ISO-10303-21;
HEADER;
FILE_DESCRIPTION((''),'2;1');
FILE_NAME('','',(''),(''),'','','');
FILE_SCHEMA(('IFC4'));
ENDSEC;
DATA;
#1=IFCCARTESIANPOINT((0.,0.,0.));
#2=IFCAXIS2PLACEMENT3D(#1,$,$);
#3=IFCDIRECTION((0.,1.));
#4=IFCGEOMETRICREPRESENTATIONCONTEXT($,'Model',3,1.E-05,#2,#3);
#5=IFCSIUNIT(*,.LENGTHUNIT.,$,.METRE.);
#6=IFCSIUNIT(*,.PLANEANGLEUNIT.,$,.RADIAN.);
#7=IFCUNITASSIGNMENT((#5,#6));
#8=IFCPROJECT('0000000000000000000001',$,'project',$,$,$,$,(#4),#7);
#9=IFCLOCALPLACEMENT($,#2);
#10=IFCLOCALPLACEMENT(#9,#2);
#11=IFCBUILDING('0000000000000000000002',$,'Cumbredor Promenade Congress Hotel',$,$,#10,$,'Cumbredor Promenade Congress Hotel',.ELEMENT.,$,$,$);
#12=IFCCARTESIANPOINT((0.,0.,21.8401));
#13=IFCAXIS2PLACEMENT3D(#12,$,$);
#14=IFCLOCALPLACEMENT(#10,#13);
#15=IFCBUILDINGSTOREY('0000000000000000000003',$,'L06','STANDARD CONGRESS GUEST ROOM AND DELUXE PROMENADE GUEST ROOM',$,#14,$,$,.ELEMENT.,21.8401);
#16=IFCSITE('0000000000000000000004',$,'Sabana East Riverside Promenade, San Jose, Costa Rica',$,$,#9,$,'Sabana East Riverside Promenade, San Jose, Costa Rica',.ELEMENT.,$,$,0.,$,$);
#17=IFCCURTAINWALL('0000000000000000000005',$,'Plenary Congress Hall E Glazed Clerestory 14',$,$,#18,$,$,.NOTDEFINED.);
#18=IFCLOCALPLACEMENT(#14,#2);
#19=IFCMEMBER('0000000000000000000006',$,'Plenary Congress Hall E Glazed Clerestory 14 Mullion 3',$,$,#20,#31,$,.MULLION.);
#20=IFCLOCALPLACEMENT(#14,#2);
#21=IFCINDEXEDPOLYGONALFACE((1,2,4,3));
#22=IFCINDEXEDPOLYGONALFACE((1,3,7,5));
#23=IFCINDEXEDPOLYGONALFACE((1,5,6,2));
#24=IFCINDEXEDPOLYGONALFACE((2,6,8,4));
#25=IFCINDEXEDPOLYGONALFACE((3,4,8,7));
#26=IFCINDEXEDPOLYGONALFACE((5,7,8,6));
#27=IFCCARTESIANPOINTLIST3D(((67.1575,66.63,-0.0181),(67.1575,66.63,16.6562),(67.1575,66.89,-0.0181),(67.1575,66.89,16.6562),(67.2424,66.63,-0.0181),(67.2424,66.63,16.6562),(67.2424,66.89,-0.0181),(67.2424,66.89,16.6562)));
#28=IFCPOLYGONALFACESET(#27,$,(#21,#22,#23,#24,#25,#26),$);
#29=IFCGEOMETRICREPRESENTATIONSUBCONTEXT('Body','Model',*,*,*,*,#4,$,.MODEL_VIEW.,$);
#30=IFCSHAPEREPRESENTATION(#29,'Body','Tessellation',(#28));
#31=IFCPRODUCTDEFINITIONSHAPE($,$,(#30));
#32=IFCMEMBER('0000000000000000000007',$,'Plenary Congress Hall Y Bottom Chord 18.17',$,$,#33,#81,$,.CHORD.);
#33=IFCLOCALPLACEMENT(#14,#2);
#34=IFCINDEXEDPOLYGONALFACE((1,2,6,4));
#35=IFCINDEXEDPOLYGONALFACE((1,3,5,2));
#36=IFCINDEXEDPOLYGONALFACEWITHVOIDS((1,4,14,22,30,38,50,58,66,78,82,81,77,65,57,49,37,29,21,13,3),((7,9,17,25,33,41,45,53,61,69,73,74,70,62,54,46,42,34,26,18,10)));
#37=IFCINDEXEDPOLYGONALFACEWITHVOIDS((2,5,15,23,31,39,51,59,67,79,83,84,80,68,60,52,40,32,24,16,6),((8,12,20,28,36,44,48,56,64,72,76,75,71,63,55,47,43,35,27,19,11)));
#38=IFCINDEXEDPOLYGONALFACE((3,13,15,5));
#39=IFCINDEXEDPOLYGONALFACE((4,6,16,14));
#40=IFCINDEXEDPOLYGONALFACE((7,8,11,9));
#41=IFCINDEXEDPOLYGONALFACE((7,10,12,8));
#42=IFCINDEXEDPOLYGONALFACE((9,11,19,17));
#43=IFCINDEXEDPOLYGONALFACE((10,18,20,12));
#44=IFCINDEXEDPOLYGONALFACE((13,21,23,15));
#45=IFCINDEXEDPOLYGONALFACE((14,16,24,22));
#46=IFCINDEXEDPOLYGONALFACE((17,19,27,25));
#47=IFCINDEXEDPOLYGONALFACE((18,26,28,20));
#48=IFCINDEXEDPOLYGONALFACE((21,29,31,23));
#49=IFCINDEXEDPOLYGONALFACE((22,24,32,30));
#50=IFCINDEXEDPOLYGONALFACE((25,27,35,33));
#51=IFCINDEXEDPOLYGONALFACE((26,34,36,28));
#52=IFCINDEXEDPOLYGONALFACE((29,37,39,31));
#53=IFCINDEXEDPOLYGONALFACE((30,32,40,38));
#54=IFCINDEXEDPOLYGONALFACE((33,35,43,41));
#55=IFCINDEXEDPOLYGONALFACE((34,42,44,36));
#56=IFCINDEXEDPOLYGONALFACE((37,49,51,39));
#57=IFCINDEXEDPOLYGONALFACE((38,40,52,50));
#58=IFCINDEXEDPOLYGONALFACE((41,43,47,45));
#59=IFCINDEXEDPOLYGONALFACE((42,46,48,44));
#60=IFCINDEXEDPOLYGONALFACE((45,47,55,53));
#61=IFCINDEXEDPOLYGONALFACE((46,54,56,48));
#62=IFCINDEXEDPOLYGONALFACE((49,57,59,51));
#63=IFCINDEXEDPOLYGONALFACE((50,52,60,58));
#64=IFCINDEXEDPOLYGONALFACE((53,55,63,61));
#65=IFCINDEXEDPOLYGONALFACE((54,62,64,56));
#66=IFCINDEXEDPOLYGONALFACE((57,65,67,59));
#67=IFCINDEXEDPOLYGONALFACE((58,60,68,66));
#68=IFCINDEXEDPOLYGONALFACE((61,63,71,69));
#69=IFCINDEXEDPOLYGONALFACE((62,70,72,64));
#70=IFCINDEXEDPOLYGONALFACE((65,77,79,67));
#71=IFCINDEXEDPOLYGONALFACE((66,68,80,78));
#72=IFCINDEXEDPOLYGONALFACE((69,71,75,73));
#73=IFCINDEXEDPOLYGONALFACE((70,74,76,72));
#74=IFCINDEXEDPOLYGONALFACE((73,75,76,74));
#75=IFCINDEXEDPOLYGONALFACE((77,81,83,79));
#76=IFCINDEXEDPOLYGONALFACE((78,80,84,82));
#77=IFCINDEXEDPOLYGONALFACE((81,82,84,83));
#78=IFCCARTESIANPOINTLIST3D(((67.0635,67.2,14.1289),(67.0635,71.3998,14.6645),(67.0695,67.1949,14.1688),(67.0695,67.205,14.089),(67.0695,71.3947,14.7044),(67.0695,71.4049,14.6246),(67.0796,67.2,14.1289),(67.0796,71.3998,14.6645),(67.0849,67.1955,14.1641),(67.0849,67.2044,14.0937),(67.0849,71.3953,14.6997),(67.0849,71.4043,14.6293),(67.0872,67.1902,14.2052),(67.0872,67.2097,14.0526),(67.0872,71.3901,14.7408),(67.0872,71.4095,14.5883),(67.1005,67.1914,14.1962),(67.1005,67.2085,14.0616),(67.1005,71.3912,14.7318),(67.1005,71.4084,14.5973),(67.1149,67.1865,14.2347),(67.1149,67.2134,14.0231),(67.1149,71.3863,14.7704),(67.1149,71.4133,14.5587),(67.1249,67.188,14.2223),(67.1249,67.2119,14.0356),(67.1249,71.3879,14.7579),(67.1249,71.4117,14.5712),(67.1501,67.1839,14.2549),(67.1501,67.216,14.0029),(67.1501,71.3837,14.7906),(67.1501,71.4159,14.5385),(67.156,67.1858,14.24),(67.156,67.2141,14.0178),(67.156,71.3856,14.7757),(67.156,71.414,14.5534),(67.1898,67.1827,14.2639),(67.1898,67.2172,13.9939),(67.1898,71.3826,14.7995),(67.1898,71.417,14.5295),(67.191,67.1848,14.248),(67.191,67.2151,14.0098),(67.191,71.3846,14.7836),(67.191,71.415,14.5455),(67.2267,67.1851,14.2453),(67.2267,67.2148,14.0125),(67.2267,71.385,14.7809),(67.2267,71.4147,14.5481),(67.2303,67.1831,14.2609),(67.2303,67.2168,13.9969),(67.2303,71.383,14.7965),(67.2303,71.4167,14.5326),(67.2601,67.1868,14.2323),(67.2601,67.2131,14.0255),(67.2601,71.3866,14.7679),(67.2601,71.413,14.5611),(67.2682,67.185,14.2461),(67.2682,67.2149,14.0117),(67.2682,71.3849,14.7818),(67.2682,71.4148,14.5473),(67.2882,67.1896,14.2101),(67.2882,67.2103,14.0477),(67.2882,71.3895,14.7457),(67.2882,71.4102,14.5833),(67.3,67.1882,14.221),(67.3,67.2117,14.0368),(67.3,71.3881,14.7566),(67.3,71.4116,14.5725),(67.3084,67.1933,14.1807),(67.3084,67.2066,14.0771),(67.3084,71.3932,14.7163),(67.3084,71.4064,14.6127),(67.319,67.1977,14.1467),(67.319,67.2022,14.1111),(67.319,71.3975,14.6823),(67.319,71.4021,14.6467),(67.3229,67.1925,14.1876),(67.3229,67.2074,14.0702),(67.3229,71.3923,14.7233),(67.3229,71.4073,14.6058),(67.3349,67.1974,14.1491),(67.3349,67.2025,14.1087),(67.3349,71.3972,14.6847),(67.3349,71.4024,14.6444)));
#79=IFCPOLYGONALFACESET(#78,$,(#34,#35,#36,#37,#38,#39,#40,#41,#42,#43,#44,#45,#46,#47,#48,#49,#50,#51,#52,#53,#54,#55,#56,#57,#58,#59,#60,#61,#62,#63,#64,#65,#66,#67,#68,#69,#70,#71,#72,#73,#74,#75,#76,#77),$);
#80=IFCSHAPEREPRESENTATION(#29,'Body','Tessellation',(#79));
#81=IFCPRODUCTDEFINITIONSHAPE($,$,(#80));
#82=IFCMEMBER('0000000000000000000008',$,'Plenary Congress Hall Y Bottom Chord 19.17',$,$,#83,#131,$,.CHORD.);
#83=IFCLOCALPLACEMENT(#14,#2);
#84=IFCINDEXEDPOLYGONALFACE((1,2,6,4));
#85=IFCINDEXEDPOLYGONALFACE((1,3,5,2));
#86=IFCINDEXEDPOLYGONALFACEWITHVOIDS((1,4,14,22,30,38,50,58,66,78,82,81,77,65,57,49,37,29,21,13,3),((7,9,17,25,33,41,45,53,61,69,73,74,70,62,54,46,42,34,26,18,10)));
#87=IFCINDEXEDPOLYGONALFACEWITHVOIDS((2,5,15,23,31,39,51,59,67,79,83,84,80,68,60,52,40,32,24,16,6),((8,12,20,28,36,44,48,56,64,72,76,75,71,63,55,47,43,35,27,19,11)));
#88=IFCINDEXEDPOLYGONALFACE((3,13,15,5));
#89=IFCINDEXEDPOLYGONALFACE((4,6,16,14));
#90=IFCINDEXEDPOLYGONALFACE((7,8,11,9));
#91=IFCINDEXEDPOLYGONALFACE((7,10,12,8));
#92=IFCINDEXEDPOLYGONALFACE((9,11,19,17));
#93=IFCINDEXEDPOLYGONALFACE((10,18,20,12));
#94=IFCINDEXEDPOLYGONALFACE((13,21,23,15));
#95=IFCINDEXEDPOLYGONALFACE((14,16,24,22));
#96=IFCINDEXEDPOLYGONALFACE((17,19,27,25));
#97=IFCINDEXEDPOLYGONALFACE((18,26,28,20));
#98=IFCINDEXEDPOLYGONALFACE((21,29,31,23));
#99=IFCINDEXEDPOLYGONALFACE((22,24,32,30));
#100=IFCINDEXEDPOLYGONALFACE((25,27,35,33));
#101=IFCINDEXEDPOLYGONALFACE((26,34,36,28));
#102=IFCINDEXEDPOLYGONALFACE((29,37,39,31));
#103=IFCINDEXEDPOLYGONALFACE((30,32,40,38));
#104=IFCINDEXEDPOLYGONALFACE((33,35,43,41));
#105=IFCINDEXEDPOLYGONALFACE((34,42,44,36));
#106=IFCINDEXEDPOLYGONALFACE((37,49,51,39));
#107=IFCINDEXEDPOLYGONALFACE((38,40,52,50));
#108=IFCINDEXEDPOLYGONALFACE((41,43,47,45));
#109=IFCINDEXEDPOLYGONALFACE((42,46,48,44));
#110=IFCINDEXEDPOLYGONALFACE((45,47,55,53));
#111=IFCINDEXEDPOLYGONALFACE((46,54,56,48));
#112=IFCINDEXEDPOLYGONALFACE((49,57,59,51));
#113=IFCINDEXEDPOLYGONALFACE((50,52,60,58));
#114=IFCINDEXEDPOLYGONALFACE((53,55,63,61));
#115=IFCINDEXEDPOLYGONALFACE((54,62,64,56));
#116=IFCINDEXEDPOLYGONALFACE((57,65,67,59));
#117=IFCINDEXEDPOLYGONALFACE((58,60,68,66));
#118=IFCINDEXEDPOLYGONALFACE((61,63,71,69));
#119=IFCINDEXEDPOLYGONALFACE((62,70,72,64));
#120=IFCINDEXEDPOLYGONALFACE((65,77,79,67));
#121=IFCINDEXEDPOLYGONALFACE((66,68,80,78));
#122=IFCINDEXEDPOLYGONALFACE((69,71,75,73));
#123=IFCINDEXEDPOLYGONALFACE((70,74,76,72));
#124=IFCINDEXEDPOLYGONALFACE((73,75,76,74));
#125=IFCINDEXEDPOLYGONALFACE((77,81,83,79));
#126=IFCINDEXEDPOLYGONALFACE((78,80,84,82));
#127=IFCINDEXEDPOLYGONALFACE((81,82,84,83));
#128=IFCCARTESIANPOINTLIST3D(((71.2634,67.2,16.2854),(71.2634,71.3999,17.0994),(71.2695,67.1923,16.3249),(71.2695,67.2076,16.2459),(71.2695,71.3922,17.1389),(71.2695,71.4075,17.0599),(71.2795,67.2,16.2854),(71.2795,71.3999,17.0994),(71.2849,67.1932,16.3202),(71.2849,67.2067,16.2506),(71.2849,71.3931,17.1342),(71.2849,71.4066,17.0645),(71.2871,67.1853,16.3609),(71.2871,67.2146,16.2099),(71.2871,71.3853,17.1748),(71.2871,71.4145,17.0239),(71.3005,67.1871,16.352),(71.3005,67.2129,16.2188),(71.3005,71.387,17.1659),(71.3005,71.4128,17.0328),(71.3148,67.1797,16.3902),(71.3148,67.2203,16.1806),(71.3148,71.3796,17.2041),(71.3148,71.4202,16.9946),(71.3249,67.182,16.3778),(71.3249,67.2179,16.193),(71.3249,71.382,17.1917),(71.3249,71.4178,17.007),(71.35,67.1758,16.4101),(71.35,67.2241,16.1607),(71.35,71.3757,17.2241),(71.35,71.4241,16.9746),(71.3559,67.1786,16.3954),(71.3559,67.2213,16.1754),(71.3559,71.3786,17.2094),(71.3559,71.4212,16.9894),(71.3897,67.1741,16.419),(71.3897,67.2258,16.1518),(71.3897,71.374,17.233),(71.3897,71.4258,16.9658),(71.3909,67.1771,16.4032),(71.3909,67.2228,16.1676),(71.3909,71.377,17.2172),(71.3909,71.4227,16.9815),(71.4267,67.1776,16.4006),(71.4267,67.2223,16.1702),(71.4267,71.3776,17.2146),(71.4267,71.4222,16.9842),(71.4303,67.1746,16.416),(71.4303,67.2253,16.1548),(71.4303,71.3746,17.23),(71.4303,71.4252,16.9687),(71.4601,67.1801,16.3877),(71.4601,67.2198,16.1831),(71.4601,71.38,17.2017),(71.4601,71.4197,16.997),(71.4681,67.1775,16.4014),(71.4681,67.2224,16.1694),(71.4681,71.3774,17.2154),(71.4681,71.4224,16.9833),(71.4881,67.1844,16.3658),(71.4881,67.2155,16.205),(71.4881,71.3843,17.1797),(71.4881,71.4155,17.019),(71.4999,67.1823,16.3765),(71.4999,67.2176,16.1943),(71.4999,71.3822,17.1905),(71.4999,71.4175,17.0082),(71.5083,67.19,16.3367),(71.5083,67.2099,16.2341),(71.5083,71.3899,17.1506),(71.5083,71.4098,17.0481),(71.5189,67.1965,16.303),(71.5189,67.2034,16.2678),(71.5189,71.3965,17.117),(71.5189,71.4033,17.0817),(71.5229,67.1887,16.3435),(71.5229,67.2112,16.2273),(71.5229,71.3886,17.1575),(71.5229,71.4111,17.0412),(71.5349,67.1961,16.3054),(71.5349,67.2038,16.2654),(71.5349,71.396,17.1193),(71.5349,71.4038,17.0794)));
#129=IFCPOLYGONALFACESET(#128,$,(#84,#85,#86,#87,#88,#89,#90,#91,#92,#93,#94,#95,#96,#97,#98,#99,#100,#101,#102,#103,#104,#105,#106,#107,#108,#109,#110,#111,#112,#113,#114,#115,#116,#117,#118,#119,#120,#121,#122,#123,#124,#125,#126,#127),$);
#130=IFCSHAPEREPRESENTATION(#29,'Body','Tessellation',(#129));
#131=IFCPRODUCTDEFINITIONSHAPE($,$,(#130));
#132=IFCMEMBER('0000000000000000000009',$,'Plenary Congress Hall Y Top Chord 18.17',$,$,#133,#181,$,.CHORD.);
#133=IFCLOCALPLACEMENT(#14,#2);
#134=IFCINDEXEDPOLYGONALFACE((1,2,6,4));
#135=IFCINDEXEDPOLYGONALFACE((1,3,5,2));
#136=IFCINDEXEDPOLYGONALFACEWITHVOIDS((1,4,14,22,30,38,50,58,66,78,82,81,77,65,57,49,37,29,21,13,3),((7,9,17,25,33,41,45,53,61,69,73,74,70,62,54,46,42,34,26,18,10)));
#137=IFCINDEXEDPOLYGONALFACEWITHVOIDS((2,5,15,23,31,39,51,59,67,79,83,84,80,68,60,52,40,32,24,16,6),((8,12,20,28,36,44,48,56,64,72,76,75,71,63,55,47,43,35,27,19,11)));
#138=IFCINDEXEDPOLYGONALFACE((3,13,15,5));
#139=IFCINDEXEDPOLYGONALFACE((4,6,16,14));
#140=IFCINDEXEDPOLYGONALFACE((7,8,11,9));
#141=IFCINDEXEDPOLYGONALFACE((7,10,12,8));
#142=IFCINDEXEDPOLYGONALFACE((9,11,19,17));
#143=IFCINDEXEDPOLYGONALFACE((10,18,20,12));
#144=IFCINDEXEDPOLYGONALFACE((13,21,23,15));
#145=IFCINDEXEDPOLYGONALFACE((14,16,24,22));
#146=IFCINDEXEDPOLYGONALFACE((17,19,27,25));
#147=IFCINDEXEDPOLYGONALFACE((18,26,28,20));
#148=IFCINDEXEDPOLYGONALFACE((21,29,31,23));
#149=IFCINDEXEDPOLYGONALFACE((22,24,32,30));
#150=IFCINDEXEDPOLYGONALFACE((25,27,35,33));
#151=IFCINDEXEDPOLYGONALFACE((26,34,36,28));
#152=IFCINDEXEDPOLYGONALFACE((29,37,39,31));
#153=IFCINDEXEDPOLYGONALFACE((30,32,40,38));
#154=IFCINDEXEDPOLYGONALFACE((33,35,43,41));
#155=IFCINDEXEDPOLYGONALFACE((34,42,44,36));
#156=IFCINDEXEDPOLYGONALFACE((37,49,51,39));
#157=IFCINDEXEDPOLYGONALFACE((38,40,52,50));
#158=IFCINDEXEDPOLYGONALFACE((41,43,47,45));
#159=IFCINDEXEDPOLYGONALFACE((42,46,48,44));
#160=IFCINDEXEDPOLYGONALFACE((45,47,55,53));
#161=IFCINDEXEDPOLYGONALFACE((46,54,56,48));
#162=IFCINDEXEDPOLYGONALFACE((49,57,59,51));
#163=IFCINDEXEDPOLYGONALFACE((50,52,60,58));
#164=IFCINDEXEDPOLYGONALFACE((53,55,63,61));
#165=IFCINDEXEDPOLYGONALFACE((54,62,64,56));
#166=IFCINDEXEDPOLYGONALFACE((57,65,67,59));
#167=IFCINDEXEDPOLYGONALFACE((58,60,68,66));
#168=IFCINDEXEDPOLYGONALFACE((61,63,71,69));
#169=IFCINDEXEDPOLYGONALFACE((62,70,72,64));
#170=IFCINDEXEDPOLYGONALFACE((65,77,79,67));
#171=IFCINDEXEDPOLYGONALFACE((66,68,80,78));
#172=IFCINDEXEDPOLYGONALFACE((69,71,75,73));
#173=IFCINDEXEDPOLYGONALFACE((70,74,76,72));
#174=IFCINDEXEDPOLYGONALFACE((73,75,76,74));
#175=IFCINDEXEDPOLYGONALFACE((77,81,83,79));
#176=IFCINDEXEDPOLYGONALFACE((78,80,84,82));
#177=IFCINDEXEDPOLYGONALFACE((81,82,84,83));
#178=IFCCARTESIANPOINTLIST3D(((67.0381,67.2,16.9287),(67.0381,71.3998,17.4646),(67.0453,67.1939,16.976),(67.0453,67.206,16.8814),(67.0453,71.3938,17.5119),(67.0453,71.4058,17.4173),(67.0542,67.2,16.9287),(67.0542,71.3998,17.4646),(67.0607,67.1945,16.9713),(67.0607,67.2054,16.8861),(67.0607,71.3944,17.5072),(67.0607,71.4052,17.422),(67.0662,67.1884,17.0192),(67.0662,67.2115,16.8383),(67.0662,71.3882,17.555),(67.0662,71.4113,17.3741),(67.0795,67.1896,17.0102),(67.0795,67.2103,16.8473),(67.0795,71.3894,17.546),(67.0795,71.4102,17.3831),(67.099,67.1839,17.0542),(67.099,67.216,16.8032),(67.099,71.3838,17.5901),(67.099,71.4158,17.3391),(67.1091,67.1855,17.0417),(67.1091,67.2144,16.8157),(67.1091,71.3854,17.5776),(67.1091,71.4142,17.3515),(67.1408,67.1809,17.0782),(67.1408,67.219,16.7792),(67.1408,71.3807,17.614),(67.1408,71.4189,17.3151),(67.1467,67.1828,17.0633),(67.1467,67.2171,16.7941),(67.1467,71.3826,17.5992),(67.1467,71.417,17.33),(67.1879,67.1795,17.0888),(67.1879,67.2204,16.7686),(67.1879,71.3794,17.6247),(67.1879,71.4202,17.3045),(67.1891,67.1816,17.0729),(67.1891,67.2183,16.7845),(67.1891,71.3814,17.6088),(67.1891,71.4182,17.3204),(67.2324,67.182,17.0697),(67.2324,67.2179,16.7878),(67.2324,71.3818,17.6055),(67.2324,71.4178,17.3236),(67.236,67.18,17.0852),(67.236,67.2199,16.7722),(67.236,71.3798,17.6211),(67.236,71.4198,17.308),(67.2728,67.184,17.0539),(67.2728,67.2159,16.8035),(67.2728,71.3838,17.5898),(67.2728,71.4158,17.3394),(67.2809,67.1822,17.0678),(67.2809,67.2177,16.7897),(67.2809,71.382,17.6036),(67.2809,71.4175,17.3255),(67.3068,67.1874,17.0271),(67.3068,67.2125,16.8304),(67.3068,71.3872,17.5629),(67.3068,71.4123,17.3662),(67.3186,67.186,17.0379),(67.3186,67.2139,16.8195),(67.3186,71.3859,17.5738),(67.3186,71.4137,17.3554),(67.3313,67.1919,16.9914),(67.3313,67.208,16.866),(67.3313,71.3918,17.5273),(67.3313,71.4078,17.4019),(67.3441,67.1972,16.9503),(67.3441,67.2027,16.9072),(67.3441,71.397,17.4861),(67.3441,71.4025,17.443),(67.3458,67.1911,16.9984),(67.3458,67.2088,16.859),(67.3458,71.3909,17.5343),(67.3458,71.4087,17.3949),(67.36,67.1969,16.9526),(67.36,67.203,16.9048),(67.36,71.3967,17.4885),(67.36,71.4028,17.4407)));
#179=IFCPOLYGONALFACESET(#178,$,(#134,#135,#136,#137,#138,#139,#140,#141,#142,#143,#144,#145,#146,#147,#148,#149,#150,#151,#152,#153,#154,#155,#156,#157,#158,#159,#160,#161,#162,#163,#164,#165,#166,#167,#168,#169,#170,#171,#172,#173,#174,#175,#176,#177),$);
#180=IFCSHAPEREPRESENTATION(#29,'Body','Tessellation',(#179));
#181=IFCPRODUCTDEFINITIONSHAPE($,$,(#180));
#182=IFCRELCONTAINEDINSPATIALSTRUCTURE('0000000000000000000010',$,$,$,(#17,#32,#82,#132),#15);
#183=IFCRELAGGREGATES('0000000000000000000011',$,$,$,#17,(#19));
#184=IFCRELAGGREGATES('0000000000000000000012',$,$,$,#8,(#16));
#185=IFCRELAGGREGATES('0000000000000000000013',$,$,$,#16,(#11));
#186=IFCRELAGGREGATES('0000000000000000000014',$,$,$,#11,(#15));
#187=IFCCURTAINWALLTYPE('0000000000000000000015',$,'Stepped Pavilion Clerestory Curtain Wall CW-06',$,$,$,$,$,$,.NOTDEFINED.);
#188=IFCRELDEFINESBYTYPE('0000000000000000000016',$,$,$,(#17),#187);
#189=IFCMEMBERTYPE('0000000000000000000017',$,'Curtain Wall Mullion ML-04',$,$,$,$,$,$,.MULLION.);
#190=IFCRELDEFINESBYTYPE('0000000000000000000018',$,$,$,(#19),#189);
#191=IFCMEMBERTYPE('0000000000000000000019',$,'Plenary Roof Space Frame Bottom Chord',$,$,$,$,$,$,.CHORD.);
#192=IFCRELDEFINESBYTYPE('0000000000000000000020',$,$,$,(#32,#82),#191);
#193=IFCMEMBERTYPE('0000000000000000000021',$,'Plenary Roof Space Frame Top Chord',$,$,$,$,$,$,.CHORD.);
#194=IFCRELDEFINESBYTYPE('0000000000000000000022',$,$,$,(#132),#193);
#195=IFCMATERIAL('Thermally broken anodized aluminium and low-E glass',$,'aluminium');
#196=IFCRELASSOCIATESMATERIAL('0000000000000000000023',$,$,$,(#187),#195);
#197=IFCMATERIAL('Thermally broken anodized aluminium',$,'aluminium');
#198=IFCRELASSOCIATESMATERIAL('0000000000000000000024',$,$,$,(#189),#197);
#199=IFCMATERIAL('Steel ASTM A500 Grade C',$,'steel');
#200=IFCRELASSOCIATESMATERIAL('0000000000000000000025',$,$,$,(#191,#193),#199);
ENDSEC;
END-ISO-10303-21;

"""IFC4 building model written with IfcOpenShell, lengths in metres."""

from ifc_helpers import new_model, si_unit, direction, frame, origin, origin_2d, place, context, subcontext, project, spatial, rectangle, hollow_circle, extrude, material, material_profile, profile_set, type_object, element, aggregate, save


model = new_model("IFC4")

# Units and contexts
model_context = context("Model", 3, precision=1e-05, world=origin(), true_north=direction((0.0, 1.0)))
body_context = subcontext(model_context, "Body", "Model", "MODEL_VIEW")
ifc_project = project(units=[si_unit("LENGTHUNIT", "METRE"), si_unit("PLANEANGLEUNIT", "RADIAN")], contexts=[model_context])

# Site, building, storey
site_placement = place(None, origin())
site = spatial("IfcSite", under=ifc_project, at=site_placement, Name="Sabana East Riverside Promenade, San Jose, Costa Rica", LongName="Sabana East Riverside Promenade, San Jose, Costa Rica", CompositionType="ELEMENT", RefElevation=0.0)
building_placement = place(site_placement, origin())
building = spatial("IfcBuilding", under=site, at=building_placement, Name="Cumbredor Promenade Congress Hotel", LongName="Cumbredor Promenade Congress Hotel", CompositionType="ELEMENT")
storey_placement = place(building_placement, frame((0.0, 0.0, 21.8401)))
storey = spatial("IfcBuildingStorey", under=building, at=storey_placement, Name="L06", Description="STANDARD CONGRESS GUEST ROOM AND DELUXE PROMENADE GUEST ROOM", CompositionType="ELEMENT", Elevation=21.8401)

# Curtain wall, member
ifc_material_1 = material(Name="Thermally broken anodized aluminium and low-E glass", Category="aluminium")
curtain_wall_type = type_object("IfcCurtainWallType", Name="Stepped Pavilion Clerestory Curtain Wall CW-06", PredefinedType="NOTDEFINED", material=ifc_material_1)
curtain_wall_placement = place(storey_placement, origin())
curtain_wall = element("IfcCurtainWall", 1, at=curtain_wall_placement, inside=storey, type_object=curtain_wall_type, Name="Plenary Congress Hall E Glazed Clerestory 14", PredefinedType="NOTDEFINED")
ifc_material_2 = material(Name="Thermally broken anodized aluminium", Category="aluminium")
ifc_material_profile_1 = material_profile(ifc_material_2, rectangle(XDim=0.085, YDim=0.26, at=origin_2d()), Name="ALU MULLION CLERESTORY 85x260")
ifc_profile_set_1 = profile_set([ifc_material_profile_1], Name="Thermally broken anodized aluminium")
member_type_1 = type_object("IfcMemberType", Name="Curtain Wall Mullion ML-04", PredefinedType="MULLION", material=ifc_profile_set_1)
member_1_placement = place(storey_placement, frame((67.2, 66.76, -0.0181), z_axis=(0.0, 0.0, 1.0), x_axis=(1.0, 0.0, 0.0)))
member_1 = element("IfcMember", 2, at=member_1_placement, type_object=member_type_1, Name="Plenary Congress Hall E Glazed Clerestory 14 Mullion 3", PredefinedType="MULLION", context=body_context, shape_type="SweptSolid", body=[
    extrude(rectangle(XDim=0.085, YDim=0.26, at=origin_2d()), origin(), (0.0, 0.0, 1.0), 16.6743),
])

# Members
ifc_material_3 = material(Name="Steel ASTM A500 Grade C", Category="steel")
ifc_material_profile_2 = material_profile(ifc_material_3, hollow_circle(Radius=0.1365, WallThickness=0.0161, at=origin_2d()), Name="CHS 273.0x16")
ifc_profile_set_2 = profile_set([ifc_material_profile_2], Name="Steel ASTM A500 Grade C")
member_type_2 = type_object("IfcMemberType", Name="Plenary Roof Space Frame Bottom Chord", PredefinedType="CHORD", material=ifc_profile_set_2)
member_2_placement = place(storey_placement, frame((67.2, 67.2, 14.1289), z_axis=(0.0, 0.991965, 0.126511), x_axis=(-1.0, 0.0, 0.0)))
element("IfcMember", 3, at=member_2_placement, inside=storey, type_object=member_type_2, Name="Plenary Congress Hall Y Bottom Chord 18.17", PredefinedType="CHORD", context=body_context, shape_type="SweptSolid", body=[
    extrude(hollow_circle(Radius=0.1365, WallThickness=0.0161, at=origin_2d()), origin(), (0.0, 0.0, 1.0), 4.2339),
])
member_3_placement = place(storey_placement, frame((71.3999, 67.2, 16.2854), z_axis=(0.0, 0.981733, 0.190263), x_axis=(-1.0, 0.0, 0.0)))
element("IfcMember", 4, at=member_3_placement, inside=storey, type_object=member_type_2, Name="Plenary Congress Hall Y Bottom Chord 19.17", PredefinedType="CHORD", context=body_context, shape_type="SweptSolid", body=[
    extrude(hollow_circle(Radius=0.1365, WallThickness=0.0161, at=origin_2d()), origin(), (0.0, 0.0, 1.0), 4.2781),
])
ifc_material_profile_3 = material_profile(ifc_material_3, hollow_circle(Radius=0.1619, WallThickness=0.0161, at=origin_2d()), Name="CHS 323.9x16")
ifc_profile_set_3 = profile_set([ifc_material_profile_3], Name="Steel ASTM A500 Grade C")
member_type_3 = type_object("IfcMemberType", Name="Plenary Roof Space Frame Top Chord", PredefinedType="CHORD", material=ifc_profile_set_3)
member_4_placement = place(storey_placement, frame((67.2, 67.2, 16.9287), z_axis=(0.0, 0.991958, 0.126568), x_axis=(-1.0, 0.0, 0.0)))
element("IfcMember", 5, at=member_4_placement, inside=storey, type_object=member_type_3, Name="Plenary Congress Hall Y Top Chord 18.17", PredefinedType="CHORD", context=body_context, shape_type="SweptSolid", body=[
    extrude(hollow_circle(Radius=0.1619, WallThickness=0.0161, at=origin_2d()), origin(), (0.0, 0.0, 1.0), 4.2339),
])

aggregate(curtain_wall, [member_1])

save(model, "model.ifc")
